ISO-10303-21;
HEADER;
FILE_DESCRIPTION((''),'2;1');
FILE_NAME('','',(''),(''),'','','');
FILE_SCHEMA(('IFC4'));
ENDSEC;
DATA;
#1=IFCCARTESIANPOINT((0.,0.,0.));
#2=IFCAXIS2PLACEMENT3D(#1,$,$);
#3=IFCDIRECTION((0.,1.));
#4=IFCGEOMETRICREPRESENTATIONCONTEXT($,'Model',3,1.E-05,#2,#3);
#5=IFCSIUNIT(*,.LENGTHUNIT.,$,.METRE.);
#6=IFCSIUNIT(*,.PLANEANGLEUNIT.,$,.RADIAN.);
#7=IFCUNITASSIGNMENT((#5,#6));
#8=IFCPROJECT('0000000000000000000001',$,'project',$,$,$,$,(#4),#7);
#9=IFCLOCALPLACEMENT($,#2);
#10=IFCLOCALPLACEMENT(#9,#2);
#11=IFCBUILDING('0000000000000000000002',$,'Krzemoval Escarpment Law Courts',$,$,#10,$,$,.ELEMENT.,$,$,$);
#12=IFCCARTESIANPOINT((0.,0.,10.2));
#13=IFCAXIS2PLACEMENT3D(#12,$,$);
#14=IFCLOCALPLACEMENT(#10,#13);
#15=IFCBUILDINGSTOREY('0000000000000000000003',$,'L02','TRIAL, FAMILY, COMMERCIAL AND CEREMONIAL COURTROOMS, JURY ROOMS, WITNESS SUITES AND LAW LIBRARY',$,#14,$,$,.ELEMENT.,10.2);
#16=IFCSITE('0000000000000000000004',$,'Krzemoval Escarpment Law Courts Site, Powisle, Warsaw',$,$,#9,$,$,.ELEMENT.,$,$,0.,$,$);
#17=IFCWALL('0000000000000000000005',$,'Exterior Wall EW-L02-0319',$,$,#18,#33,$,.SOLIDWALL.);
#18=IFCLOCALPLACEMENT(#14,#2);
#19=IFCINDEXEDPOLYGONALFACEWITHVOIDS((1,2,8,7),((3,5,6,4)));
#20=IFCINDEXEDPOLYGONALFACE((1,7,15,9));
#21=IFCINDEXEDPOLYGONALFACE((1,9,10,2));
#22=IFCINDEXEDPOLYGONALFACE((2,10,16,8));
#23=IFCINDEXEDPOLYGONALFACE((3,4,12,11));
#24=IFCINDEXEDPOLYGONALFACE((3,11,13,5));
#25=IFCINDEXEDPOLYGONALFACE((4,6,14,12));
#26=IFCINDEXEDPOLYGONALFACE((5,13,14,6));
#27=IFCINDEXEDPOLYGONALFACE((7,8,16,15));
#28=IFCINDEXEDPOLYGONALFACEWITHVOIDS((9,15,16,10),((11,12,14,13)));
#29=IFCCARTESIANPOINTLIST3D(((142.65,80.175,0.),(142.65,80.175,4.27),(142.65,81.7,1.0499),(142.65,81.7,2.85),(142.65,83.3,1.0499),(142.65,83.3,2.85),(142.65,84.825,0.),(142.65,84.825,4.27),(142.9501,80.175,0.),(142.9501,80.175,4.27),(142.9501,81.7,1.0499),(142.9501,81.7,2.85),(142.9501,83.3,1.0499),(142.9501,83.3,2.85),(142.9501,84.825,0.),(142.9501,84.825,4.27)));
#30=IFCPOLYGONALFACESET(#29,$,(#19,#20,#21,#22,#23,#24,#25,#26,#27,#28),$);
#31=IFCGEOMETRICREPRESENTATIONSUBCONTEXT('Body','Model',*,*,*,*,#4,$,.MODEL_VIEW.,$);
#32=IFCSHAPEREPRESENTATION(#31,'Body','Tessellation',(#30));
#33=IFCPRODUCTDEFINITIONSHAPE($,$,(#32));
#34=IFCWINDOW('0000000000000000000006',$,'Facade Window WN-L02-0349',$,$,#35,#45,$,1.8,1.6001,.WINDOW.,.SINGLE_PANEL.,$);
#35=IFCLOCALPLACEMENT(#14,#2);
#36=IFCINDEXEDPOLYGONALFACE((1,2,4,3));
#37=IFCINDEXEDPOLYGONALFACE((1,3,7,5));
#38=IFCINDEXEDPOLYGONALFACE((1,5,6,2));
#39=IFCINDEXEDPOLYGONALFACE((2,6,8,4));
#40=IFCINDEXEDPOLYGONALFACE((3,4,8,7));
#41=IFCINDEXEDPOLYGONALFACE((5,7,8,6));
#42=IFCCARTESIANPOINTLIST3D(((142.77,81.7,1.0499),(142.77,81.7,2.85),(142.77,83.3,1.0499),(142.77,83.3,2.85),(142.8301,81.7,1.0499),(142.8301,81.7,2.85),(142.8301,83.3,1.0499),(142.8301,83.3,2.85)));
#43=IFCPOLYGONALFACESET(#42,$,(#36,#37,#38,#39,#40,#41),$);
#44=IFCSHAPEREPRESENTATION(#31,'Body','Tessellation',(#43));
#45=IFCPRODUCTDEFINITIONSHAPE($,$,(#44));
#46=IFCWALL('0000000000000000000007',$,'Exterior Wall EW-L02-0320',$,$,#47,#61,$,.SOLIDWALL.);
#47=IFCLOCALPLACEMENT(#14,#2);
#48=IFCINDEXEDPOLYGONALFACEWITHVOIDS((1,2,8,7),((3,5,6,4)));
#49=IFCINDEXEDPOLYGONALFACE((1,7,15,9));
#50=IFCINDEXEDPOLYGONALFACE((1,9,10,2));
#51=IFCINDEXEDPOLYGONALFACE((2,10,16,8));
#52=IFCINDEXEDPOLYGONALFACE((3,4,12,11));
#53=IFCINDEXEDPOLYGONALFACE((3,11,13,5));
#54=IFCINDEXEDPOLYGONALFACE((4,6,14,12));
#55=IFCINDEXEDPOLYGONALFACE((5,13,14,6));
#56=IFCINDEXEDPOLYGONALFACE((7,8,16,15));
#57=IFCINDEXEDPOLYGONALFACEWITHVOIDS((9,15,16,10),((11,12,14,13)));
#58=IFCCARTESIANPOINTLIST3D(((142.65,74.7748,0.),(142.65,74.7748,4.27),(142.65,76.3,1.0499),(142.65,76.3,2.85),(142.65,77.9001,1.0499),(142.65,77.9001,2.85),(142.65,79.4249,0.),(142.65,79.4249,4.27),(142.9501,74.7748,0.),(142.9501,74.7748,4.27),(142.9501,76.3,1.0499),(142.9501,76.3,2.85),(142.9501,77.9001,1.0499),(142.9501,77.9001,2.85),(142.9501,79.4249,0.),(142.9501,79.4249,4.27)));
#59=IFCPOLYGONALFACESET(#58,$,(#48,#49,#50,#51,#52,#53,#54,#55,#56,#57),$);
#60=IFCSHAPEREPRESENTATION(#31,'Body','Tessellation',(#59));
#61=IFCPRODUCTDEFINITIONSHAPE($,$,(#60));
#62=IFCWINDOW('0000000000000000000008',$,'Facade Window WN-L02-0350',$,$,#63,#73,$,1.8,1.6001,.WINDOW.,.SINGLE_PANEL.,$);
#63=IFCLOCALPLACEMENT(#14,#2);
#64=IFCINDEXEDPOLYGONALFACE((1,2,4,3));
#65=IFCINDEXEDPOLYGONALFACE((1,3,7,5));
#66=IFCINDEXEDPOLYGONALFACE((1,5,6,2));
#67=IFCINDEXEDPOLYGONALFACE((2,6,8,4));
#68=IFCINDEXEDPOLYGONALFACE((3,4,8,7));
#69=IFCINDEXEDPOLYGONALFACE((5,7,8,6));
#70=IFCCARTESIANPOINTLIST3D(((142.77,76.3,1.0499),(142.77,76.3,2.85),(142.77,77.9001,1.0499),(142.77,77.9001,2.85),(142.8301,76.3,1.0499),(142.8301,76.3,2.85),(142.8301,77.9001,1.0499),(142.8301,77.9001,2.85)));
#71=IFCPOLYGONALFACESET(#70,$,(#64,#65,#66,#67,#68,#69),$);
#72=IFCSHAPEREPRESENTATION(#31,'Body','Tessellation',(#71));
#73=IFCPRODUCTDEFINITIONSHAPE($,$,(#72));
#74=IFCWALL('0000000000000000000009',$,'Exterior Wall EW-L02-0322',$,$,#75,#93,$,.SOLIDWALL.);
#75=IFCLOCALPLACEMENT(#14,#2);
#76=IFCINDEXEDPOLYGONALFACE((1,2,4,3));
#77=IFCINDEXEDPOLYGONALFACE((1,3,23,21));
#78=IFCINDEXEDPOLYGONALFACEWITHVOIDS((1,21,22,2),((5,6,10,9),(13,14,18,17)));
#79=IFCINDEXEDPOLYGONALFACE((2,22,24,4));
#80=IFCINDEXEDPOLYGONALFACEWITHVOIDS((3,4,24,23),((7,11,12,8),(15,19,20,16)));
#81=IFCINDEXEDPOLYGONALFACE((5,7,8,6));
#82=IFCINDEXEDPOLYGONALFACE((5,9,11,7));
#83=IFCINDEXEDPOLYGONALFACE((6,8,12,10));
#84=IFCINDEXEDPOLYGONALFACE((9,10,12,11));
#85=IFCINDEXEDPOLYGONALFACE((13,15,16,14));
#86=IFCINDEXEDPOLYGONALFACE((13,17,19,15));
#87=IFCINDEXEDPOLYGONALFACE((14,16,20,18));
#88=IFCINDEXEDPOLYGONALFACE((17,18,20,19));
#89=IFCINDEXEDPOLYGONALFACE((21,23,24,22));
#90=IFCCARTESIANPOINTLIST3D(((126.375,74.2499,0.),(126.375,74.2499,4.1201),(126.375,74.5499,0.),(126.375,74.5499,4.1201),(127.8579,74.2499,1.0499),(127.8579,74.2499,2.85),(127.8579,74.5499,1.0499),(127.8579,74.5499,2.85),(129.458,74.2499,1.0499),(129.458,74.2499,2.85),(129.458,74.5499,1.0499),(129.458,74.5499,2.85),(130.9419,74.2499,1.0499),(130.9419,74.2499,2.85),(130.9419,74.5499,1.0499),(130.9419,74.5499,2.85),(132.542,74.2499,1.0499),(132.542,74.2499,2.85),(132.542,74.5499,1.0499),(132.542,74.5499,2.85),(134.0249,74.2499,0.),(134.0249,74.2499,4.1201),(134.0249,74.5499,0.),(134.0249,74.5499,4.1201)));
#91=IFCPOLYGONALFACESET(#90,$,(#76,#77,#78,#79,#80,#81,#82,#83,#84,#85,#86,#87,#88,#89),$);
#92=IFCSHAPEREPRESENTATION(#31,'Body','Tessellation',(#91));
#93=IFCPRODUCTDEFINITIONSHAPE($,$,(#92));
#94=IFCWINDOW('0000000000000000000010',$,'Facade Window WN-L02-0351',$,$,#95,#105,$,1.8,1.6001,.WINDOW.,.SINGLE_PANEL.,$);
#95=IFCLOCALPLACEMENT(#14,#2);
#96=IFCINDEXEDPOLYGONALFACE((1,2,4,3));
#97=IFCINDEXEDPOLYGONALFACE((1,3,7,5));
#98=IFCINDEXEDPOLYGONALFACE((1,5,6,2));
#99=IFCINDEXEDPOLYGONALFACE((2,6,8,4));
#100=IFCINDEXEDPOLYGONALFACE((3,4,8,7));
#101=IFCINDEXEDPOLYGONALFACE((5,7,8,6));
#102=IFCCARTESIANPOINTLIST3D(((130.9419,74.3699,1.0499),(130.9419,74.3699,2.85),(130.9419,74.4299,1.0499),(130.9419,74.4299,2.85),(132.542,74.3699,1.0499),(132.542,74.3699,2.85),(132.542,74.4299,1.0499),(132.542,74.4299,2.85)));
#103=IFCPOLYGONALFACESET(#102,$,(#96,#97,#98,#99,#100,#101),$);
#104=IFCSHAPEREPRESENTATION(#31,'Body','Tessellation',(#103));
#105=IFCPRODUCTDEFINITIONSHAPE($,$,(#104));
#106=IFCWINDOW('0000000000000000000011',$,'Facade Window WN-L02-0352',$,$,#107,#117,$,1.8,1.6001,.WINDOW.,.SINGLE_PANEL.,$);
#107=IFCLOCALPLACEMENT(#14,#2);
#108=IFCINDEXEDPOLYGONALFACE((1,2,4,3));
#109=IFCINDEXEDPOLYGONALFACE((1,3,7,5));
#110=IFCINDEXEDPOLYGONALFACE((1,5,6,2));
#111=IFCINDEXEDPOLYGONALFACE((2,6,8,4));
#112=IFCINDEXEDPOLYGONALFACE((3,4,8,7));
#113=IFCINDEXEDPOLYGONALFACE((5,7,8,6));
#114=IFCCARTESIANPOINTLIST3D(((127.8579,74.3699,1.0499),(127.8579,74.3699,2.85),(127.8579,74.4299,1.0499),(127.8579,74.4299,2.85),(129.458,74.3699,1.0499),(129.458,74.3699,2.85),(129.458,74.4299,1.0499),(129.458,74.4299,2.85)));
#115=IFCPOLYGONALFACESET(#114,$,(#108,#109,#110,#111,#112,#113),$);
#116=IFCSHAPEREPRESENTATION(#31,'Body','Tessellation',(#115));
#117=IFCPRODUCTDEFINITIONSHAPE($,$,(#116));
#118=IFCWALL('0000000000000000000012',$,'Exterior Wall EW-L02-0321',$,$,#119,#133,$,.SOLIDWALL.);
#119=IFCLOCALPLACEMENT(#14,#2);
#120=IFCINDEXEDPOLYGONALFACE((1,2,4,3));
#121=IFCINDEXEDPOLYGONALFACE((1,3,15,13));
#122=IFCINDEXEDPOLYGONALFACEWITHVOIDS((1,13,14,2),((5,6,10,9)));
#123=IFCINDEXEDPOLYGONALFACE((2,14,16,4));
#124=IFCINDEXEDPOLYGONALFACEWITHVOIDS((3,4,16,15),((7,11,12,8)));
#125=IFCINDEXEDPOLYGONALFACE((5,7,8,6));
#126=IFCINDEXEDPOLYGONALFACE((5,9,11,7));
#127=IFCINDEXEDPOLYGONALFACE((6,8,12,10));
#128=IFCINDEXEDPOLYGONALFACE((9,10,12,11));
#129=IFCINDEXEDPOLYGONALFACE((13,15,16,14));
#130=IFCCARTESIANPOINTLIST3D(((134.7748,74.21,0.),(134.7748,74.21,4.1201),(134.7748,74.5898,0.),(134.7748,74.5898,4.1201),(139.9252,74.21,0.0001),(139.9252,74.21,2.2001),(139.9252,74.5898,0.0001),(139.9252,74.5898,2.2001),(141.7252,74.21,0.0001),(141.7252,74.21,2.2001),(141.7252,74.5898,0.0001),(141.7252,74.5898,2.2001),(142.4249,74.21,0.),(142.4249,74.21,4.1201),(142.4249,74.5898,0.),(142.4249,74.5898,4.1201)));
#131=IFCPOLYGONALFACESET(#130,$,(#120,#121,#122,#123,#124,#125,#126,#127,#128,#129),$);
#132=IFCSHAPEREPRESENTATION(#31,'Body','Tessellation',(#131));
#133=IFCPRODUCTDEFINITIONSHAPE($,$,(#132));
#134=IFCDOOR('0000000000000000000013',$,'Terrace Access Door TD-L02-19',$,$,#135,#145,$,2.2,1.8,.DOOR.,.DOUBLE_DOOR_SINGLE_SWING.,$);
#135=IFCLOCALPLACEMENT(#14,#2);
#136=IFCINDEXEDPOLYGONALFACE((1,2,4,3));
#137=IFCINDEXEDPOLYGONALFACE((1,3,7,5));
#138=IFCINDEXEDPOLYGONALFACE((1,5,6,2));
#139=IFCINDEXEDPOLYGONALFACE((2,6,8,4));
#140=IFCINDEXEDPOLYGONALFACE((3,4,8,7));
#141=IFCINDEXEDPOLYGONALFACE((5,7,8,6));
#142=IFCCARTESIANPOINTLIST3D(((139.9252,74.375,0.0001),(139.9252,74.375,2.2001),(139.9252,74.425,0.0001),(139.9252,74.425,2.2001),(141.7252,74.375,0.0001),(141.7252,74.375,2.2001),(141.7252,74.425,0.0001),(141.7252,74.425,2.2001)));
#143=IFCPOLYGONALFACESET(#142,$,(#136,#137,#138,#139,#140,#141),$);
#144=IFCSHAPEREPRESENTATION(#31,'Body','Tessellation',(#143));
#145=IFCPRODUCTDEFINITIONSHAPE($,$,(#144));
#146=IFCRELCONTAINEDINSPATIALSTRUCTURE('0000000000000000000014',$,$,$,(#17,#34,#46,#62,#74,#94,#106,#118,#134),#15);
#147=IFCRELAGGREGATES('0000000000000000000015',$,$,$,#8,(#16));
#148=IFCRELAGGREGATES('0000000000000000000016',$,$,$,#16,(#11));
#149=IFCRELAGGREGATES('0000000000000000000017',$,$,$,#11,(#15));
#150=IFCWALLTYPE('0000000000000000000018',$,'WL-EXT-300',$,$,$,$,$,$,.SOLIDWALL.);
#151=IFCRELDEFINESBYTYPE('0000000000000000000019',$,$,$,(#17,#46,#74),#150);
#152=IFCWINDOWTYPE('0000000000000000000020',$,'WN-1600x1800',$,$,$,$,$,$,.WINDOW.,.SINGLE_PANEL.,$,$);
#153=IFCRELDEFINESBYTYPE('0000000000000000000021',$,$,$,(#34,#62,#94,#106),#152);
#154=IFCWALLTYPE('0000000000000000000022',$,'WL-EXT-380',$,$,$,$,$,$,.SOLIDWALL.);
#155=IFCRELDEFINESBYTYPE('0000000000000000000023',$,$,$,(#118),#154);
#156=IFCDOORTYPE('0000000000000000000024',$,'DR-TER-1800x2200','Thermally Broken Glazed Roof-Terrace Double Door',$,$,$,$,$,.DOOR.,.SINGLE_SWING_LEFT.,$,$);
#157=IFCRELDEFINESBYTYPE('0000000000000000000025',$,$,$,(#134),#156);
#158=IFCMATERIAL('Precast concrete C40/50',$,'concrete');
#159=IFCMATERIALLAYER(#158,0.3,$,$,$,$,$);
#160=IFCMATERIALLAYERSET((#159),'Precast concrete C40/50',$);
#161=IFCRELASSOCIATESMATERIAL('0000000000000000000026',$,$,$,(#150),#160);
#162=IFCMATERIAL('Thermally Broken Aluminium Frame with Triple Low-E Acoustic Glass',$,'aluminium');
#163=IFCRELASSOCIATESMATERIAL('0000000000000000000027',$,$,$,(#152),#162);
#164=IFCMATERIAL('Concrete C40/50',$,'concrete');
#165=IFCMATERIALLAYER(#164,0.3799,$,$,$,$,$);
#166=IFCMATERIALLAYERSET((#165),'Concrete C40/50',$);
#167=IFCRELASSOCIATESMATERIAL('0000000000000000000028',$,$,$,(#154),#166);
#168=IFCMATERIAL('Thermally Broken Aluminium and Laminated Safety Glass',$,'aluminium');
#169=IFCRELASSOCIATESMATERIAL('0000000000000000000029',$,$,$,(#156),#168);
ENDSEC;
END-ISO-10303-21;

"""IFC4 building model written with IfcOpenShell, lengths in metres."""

from ifc_helpers import new_model, si_unit, direction, frame, frame_2d, origin, place, context, subcontext, project, spatial, rectangle, extrude, material, layer, layer_set, type_object, element, fill, save


model = new_model("IFC4")

# Units and contexts
model_context = context("Model", 3, precision=1e-05, world=origin(), true_north=direction((0.0, 1.0)))
body_context = subcontext(model_context, "Body", "Model", "MODEL_VIEW")
ifc_project = project(units=[si_unit("LENGTHUNIT", "METRE"), si_unit("PLANEANGLEUNIT", "RADIAN")], contexts=[model_context])

# Site, building, storey
site_placement = place(None, origin())
site = spatial("IfcSite", under=ifc_project, at=site_placement, Name="Krzemoval Escarpment Law Courts Site, Powisle, Warsaw", CompositionType="ELEMENT", RefElevation=0.0)
building_placement = place(site_placement, origin())
building = spatial("IfcBuilding", under=site, at=building_placement, Name="Krzemoval Escarpment Law Courts", CompositionType="ELEMENT")
storey_placement = place(building_placement, frame((0.0, 0.0, 10.2)))
storey = spatial("IfcBuildingStorey", under=building, at=storey_placement, Name="L02", Description="TRIAL, FAMILY, COMMERCIAL AND CEREMONIAL COURTROOMS, JURY ROOMS, WITNESS SUITES AND LAW LIBRARY", CompositionType="ELEMENT", Elevation=10.2)

# Walls, openings, windows
ifc_material_1 = material(Name="Precast concrete C40/50", Category="concrete")
ifc_layer_1 = layer(ifc_material_1, 0.3)
ifc_layer_set_1 = layer_set([ifc_layer_1], Name="Precast concrete C40/50")
wall_type_1 = type_object("IfcWallType", Name="WL-EXT-300", PredefinedType="SOLIDWALL", material=ifc_layer_set_1)
wall_1_placement = place(storey_placement, frame((142.8, 84.825, 0.0), z_axis=(0.0, 0.0, 1.0), x_axis=(0.0, -1.0, 0.0)))
wall_1 = element("IfcWall", 1, at=wall_1_placement, inside=storey, type_object=wall_type_1, Name="Exterior Wall EW-L02-0319", PredefinedType="SOLIDWALL", context=body_context, shape_type="SweptSolid", body=[
    extrude(rectangle(XDim=4.6499, YDim=0.3, at=frame_2d((2.325, 0.0))), origin(), (0.0, 0.0, 1.0), 4.27),
])
opening_1_placement = place(wall_1_placement, frame((1.5249, 0.0, 1.05)))
opening_1 = element("IfcOpeningElement", 2, at=opening_1_placement, cuts=wall_1, PredefinedType="OPENING", context=body_context, shape_type="SweptSolid", body=[
    extrude(rectangle(XDim=1.6001, YDim=1.8, at=frame_2d((0.8, 0.8999))), frame((0.0, 0.165, 0.0), z_axis=(0.0, -1.0, 0.0), x_axis=(1.0, 0.0, 0.0)), (0.0, 0.0, 1.0), 0.3301),
])
ifc_material_2 = material(Name="Thermally Broken Aluminium Frame with Triple Low-E Acoustic Glass", Category="aluminium")
window_type = type_object("IfcWindowType", Name="WN-1600x1800", PartitioningType="SINGLE_PANEL", PredefinedType="WINDOW", material=ifc_material_2)
window_1_placement = place(opening_1_placement, origin())
window_1 = element("IfcWindow", 3, at=window_1_placement, inside=storey, type_object=window_type, Name="Facade Window WN-L02-0349", OverallHeight=1.8, OverallWidth=1.6001, PartitioningType="SINGLE_PANEL", PredefinedType="WINDOW", context=body_context, shape_type="SweptSolid", body=[
    extrude(rectangle(XDim=1.6001, YDim=1.8, at=frame_2d((0.8, 0.8999))), frame((0.0, 0.03, 0.0), z_axis=(0.0, -1.0, 0.0), x_axis=(1.0, 0.0, 0.0)), (0.0, 0.0, 1.0), 0.0601),
])
fill(opening_1, window_1)
wall_2_placement = place(storey_placement, frame((142.8, 79.425, 0.0), z_axis=(0.0, 0.0, 1.0), x_axis=(0.0, -1.0, 0.0)))
wall_2 = element("IfcWall", 4, at=wall_2_placement, inside=storey, type_object=wall_type_1, Name="Exterior Wall EW-L02-0320", PredefinedType="SOLIDWALL", context=body_context, shape_type="SweptSolid", body=[
    extrude(rectangle(XDim=4.6501, YDim=0.3, at=frame_2d((2.3252, 0.0))), origin(), (0.0, 0.0, 1.0), 4.27),
])
opening_2_placement = place(wall_2_placement, frame((1.5249, 0.0, 1.05)))
opening_2 = element("IfcOpeningElement", 5, at=opening_2_placement, cuts=wall_2, PredefinedType="OPENING", context=body_context, shape_type="SweptSolid", body=[
    extrude(rectangle(XDim=1.6001, YDim=1.8, at=frame_2d((0.8, 0.8999))), frame((0.0, 0.165, 0.0), z_axis=(0.0, -1.0, 0.0), x_axis=(1.0, 0.0, 0.0)), (0.0, 0.0, 1.0), 0.3301),
])
window_2_placement = place(opening_2_placement, origin())
window_2 = element("IfcWindow", 6, at=window_2_placement, inside=storey, type_object=window_type, Name="Facade Window WN-L02-0350", OverallHeight=1.8, OverallWidth=1.6001, PartitioningType="SINGLE_PANEL", PredefinedType="WINDOW", context=body_context, shape_type="SweptSolid", body=[
    extrude(rectangle(XDim=1.6001, YDim=1.8, at=frame_2d((0.8, 0.8999))), frame((0.0, 0.03, 0.0), z_axis=(0.0, -1.0, 0.0), x_axis=(1.0, 0.0, 0.0)), (0.0, 0.0, 1.0), 0.0601),
])
fill(opening_2, window_2)

# Wall, openings, windows
wall_3_placement = place(storey_placement, frame((134.0249, 74.3999, 0.0), z_axis=(0.0, 0.0, 1.0), x_axis=(-1.0, 0.0, 0.0)))
wall_3 = element("IfcWall", 7, at=wall_3_placement, inside=storey, type_object=wall_type_1, Name="Exterior Wall EW-L02-0322", PredefinedType="SOLIDWALL", context=body_context, shape_type="SweptSolid", body=[
    extrude(rectangle(XDim=7.6499, YDim=0.3, at=frame_2d((3.825, 0.0))), origin(), (0.0, 0.0, 1.0), 4.1201),
])
opening_3_placement = place(wall_3_placement, frame((1.4829, 0.0, 1.05)))
opening_3 = element("IfcOpeningElement", 8, at=opening_3_placement, cuts=wall_3, PredefinedType="OPENING", context=body_context, shape_type="SweptSolid", body=[
    extrude(rectangle(XDim=1.6001, YDim=1.8, at=frame_2d((0.8, 0.8999))), frame((0.0, 0.165, 0.0), z_axis=(0.0, -1.0, 0.0), x_axis=(1.0, 0.0, 0.0)), (0.0, 0.0, 1.0), 0.3301),
])
opening_4_placement = place(wall_3_placement, frame((4.5669, 0.0, 1.05)))
opening_4 = element("IfcOpeningElement", 9, at=opening_4_placement, cuts=wall_3, PredefinedType="OPENING", context=body_context, shape_type="SweptSolid", body=[
    extrude(rectangle(XDim=1.6001, YDim=1.8, at=frame_2d((0.8, 0.8999))), frame((0.0, 0.165, 0.0), z_axis=(0.0, -1.0, 0.0), x_axis=(1.0, 0.0, 0.0)), (0.0, 0.0, 1.0), 0.3301),
])
window_3_placement = place(opening_3_placement, origin())
window_3 = element("IfcWindow", 10, at=window_3_placement, inside=storey, type_object=window_type, Name="Facade Window WN-L02-0351", OverallHeight=1.8, OverallWidth=1.6001, PartitioningType="SINGLE_PANEL", PredefinedType="WINDOW", context=body_context, shape_type="SweptSolid", body=[
    extrude(rectangle(XDim=1.6001, YDim=1.8, at=frame_2d((0.8, 0.8999))), frame((0.0, 0.03, 0.0), z_axis=(0.0, -1.0, 0.0), x_axis=(1.0, 0.0, 0.0)), (0.0, 0.0, 1.0), 0.0601),
])
fill(opening_3, window_3)
window_4_placement = place(opening_4_placement, origin())
window_4 = element("IfcWindow", 11, at=window_4_placement, inside=storey, type_object=window_type, Name="Facade Window WN-L02-0352", OverallHeight=1.8, OverallWidth=1.6001, PartitioningType="SINGLE_PANEL", PredefinedType="WINDOW", context=body_context, shape_type="SweptSolid", body=[
    extrude(rectangle(XDim=1.6001, YDim=1.8, at=frame_2d((0.8, 0.8999))), frame((0.0, 0.03, 0.0), z_axis=(0.0, -1.0, 0.0), x_axis=(1.0, 0.0, 0.0)), (0.0, 0.0, 1.0), 0.0601),
])
fill(opening_4, window_4)

# Wall, opening, door
ifc_material_3 = material(Name="Concrete C40/50", Category="concrete")
ifc_layer_2 = layer(ifc_material_3, 0.3799)
ifc_layer_set_2 = layer_set([ifc_layer_2], Name="Concrete C40/50")
wall_type_2 = type_object("IfcWallType", Name="WL-EXT-380", PredefinedType="SOLIDWALL", material=ifc_layer_set_2)
wall_4_placement = place(storey_placement, frame((142.425, 74.3999, 0.0), z_axis=(0.0, 0.0, 1.0), x_axis=(-1.0, 0.0, 0.0)))
wall_4 = element("IfcWall", 12, at=wall_4_placement, inside=storey, type_object=wall_type_2, Name="Exterior Wall EW-L02-0321", PredefinedType="SOLIDWALL", context=body_context, shape_type="SweptSolid", body=[
    extrude(rectangle(XDim=7.6501, YDim=0.3799, at=frame_2d((3.8252, 0.0))), origin(), (0.0, 0.0, 1.0), 4.1201),
])
opening_5_placement = place(wall_4_placement, frame((0.7, 0.0, 0.0)))
opening_5 = element("IfcOpeningElement", 13, at=opening_5_placement, cuts=wall_4, PredefinedType="OPENING", context=body_context, shape_type="SweptSolid", body=[
    extrude(rectangle(XDim=1.8, YDim=2.2, at=frame_2d((0.8999, 1.1001))), frame((0.0, 0.2049, 0.0), z_axis=(0.0, -1.0, 0.0), x_axis=(1.0, 0.0, 0.0)), (0.0, 0.0, 1.0), 0.4099),
])
ifc_material_4 = material(Name="Thermally Broken Aluminium and Laminated Safety Glass", Category="aluminium")
door_type_1 = type_object("IfcDoorType", Name="DR-TER-1800x2200", Description="Thermally Broken Glazed Roof-Terrace Double Door", OperationType="SINGLE_SWING_LEFT", PredefinedType="DOOR", material=ifc_material_4)
door_1_placement = place(opening_5_placement, origin())
door_1 = element("IfcDoor", 14, at=door_1_placement, inside=storey, type_object=door_type_1, Name="Terrace Access Door TD-L02-19", OperationType="DOUBLE_DOOR_SINGLE_SWING", OverallHeight=2.2, OverallWidth=1.8, PredefinedType="DOOR", context=body_context, shape_type="SweptSolid", body=[
    extrude(rectangle(XDim=1.8, YDim=2.2, at=frame_2d((0.8999, 1.1001))), frame((0.0, 0.0249, 0.0), z_axis=(0.0, -1.0, 0.0), x_axis=(1.0, 0.0, 0.0)), (0.0, 0.0, 1.0), 0.05),
])
fill(opening_5, door_1)

save(model, "model.ifc")
